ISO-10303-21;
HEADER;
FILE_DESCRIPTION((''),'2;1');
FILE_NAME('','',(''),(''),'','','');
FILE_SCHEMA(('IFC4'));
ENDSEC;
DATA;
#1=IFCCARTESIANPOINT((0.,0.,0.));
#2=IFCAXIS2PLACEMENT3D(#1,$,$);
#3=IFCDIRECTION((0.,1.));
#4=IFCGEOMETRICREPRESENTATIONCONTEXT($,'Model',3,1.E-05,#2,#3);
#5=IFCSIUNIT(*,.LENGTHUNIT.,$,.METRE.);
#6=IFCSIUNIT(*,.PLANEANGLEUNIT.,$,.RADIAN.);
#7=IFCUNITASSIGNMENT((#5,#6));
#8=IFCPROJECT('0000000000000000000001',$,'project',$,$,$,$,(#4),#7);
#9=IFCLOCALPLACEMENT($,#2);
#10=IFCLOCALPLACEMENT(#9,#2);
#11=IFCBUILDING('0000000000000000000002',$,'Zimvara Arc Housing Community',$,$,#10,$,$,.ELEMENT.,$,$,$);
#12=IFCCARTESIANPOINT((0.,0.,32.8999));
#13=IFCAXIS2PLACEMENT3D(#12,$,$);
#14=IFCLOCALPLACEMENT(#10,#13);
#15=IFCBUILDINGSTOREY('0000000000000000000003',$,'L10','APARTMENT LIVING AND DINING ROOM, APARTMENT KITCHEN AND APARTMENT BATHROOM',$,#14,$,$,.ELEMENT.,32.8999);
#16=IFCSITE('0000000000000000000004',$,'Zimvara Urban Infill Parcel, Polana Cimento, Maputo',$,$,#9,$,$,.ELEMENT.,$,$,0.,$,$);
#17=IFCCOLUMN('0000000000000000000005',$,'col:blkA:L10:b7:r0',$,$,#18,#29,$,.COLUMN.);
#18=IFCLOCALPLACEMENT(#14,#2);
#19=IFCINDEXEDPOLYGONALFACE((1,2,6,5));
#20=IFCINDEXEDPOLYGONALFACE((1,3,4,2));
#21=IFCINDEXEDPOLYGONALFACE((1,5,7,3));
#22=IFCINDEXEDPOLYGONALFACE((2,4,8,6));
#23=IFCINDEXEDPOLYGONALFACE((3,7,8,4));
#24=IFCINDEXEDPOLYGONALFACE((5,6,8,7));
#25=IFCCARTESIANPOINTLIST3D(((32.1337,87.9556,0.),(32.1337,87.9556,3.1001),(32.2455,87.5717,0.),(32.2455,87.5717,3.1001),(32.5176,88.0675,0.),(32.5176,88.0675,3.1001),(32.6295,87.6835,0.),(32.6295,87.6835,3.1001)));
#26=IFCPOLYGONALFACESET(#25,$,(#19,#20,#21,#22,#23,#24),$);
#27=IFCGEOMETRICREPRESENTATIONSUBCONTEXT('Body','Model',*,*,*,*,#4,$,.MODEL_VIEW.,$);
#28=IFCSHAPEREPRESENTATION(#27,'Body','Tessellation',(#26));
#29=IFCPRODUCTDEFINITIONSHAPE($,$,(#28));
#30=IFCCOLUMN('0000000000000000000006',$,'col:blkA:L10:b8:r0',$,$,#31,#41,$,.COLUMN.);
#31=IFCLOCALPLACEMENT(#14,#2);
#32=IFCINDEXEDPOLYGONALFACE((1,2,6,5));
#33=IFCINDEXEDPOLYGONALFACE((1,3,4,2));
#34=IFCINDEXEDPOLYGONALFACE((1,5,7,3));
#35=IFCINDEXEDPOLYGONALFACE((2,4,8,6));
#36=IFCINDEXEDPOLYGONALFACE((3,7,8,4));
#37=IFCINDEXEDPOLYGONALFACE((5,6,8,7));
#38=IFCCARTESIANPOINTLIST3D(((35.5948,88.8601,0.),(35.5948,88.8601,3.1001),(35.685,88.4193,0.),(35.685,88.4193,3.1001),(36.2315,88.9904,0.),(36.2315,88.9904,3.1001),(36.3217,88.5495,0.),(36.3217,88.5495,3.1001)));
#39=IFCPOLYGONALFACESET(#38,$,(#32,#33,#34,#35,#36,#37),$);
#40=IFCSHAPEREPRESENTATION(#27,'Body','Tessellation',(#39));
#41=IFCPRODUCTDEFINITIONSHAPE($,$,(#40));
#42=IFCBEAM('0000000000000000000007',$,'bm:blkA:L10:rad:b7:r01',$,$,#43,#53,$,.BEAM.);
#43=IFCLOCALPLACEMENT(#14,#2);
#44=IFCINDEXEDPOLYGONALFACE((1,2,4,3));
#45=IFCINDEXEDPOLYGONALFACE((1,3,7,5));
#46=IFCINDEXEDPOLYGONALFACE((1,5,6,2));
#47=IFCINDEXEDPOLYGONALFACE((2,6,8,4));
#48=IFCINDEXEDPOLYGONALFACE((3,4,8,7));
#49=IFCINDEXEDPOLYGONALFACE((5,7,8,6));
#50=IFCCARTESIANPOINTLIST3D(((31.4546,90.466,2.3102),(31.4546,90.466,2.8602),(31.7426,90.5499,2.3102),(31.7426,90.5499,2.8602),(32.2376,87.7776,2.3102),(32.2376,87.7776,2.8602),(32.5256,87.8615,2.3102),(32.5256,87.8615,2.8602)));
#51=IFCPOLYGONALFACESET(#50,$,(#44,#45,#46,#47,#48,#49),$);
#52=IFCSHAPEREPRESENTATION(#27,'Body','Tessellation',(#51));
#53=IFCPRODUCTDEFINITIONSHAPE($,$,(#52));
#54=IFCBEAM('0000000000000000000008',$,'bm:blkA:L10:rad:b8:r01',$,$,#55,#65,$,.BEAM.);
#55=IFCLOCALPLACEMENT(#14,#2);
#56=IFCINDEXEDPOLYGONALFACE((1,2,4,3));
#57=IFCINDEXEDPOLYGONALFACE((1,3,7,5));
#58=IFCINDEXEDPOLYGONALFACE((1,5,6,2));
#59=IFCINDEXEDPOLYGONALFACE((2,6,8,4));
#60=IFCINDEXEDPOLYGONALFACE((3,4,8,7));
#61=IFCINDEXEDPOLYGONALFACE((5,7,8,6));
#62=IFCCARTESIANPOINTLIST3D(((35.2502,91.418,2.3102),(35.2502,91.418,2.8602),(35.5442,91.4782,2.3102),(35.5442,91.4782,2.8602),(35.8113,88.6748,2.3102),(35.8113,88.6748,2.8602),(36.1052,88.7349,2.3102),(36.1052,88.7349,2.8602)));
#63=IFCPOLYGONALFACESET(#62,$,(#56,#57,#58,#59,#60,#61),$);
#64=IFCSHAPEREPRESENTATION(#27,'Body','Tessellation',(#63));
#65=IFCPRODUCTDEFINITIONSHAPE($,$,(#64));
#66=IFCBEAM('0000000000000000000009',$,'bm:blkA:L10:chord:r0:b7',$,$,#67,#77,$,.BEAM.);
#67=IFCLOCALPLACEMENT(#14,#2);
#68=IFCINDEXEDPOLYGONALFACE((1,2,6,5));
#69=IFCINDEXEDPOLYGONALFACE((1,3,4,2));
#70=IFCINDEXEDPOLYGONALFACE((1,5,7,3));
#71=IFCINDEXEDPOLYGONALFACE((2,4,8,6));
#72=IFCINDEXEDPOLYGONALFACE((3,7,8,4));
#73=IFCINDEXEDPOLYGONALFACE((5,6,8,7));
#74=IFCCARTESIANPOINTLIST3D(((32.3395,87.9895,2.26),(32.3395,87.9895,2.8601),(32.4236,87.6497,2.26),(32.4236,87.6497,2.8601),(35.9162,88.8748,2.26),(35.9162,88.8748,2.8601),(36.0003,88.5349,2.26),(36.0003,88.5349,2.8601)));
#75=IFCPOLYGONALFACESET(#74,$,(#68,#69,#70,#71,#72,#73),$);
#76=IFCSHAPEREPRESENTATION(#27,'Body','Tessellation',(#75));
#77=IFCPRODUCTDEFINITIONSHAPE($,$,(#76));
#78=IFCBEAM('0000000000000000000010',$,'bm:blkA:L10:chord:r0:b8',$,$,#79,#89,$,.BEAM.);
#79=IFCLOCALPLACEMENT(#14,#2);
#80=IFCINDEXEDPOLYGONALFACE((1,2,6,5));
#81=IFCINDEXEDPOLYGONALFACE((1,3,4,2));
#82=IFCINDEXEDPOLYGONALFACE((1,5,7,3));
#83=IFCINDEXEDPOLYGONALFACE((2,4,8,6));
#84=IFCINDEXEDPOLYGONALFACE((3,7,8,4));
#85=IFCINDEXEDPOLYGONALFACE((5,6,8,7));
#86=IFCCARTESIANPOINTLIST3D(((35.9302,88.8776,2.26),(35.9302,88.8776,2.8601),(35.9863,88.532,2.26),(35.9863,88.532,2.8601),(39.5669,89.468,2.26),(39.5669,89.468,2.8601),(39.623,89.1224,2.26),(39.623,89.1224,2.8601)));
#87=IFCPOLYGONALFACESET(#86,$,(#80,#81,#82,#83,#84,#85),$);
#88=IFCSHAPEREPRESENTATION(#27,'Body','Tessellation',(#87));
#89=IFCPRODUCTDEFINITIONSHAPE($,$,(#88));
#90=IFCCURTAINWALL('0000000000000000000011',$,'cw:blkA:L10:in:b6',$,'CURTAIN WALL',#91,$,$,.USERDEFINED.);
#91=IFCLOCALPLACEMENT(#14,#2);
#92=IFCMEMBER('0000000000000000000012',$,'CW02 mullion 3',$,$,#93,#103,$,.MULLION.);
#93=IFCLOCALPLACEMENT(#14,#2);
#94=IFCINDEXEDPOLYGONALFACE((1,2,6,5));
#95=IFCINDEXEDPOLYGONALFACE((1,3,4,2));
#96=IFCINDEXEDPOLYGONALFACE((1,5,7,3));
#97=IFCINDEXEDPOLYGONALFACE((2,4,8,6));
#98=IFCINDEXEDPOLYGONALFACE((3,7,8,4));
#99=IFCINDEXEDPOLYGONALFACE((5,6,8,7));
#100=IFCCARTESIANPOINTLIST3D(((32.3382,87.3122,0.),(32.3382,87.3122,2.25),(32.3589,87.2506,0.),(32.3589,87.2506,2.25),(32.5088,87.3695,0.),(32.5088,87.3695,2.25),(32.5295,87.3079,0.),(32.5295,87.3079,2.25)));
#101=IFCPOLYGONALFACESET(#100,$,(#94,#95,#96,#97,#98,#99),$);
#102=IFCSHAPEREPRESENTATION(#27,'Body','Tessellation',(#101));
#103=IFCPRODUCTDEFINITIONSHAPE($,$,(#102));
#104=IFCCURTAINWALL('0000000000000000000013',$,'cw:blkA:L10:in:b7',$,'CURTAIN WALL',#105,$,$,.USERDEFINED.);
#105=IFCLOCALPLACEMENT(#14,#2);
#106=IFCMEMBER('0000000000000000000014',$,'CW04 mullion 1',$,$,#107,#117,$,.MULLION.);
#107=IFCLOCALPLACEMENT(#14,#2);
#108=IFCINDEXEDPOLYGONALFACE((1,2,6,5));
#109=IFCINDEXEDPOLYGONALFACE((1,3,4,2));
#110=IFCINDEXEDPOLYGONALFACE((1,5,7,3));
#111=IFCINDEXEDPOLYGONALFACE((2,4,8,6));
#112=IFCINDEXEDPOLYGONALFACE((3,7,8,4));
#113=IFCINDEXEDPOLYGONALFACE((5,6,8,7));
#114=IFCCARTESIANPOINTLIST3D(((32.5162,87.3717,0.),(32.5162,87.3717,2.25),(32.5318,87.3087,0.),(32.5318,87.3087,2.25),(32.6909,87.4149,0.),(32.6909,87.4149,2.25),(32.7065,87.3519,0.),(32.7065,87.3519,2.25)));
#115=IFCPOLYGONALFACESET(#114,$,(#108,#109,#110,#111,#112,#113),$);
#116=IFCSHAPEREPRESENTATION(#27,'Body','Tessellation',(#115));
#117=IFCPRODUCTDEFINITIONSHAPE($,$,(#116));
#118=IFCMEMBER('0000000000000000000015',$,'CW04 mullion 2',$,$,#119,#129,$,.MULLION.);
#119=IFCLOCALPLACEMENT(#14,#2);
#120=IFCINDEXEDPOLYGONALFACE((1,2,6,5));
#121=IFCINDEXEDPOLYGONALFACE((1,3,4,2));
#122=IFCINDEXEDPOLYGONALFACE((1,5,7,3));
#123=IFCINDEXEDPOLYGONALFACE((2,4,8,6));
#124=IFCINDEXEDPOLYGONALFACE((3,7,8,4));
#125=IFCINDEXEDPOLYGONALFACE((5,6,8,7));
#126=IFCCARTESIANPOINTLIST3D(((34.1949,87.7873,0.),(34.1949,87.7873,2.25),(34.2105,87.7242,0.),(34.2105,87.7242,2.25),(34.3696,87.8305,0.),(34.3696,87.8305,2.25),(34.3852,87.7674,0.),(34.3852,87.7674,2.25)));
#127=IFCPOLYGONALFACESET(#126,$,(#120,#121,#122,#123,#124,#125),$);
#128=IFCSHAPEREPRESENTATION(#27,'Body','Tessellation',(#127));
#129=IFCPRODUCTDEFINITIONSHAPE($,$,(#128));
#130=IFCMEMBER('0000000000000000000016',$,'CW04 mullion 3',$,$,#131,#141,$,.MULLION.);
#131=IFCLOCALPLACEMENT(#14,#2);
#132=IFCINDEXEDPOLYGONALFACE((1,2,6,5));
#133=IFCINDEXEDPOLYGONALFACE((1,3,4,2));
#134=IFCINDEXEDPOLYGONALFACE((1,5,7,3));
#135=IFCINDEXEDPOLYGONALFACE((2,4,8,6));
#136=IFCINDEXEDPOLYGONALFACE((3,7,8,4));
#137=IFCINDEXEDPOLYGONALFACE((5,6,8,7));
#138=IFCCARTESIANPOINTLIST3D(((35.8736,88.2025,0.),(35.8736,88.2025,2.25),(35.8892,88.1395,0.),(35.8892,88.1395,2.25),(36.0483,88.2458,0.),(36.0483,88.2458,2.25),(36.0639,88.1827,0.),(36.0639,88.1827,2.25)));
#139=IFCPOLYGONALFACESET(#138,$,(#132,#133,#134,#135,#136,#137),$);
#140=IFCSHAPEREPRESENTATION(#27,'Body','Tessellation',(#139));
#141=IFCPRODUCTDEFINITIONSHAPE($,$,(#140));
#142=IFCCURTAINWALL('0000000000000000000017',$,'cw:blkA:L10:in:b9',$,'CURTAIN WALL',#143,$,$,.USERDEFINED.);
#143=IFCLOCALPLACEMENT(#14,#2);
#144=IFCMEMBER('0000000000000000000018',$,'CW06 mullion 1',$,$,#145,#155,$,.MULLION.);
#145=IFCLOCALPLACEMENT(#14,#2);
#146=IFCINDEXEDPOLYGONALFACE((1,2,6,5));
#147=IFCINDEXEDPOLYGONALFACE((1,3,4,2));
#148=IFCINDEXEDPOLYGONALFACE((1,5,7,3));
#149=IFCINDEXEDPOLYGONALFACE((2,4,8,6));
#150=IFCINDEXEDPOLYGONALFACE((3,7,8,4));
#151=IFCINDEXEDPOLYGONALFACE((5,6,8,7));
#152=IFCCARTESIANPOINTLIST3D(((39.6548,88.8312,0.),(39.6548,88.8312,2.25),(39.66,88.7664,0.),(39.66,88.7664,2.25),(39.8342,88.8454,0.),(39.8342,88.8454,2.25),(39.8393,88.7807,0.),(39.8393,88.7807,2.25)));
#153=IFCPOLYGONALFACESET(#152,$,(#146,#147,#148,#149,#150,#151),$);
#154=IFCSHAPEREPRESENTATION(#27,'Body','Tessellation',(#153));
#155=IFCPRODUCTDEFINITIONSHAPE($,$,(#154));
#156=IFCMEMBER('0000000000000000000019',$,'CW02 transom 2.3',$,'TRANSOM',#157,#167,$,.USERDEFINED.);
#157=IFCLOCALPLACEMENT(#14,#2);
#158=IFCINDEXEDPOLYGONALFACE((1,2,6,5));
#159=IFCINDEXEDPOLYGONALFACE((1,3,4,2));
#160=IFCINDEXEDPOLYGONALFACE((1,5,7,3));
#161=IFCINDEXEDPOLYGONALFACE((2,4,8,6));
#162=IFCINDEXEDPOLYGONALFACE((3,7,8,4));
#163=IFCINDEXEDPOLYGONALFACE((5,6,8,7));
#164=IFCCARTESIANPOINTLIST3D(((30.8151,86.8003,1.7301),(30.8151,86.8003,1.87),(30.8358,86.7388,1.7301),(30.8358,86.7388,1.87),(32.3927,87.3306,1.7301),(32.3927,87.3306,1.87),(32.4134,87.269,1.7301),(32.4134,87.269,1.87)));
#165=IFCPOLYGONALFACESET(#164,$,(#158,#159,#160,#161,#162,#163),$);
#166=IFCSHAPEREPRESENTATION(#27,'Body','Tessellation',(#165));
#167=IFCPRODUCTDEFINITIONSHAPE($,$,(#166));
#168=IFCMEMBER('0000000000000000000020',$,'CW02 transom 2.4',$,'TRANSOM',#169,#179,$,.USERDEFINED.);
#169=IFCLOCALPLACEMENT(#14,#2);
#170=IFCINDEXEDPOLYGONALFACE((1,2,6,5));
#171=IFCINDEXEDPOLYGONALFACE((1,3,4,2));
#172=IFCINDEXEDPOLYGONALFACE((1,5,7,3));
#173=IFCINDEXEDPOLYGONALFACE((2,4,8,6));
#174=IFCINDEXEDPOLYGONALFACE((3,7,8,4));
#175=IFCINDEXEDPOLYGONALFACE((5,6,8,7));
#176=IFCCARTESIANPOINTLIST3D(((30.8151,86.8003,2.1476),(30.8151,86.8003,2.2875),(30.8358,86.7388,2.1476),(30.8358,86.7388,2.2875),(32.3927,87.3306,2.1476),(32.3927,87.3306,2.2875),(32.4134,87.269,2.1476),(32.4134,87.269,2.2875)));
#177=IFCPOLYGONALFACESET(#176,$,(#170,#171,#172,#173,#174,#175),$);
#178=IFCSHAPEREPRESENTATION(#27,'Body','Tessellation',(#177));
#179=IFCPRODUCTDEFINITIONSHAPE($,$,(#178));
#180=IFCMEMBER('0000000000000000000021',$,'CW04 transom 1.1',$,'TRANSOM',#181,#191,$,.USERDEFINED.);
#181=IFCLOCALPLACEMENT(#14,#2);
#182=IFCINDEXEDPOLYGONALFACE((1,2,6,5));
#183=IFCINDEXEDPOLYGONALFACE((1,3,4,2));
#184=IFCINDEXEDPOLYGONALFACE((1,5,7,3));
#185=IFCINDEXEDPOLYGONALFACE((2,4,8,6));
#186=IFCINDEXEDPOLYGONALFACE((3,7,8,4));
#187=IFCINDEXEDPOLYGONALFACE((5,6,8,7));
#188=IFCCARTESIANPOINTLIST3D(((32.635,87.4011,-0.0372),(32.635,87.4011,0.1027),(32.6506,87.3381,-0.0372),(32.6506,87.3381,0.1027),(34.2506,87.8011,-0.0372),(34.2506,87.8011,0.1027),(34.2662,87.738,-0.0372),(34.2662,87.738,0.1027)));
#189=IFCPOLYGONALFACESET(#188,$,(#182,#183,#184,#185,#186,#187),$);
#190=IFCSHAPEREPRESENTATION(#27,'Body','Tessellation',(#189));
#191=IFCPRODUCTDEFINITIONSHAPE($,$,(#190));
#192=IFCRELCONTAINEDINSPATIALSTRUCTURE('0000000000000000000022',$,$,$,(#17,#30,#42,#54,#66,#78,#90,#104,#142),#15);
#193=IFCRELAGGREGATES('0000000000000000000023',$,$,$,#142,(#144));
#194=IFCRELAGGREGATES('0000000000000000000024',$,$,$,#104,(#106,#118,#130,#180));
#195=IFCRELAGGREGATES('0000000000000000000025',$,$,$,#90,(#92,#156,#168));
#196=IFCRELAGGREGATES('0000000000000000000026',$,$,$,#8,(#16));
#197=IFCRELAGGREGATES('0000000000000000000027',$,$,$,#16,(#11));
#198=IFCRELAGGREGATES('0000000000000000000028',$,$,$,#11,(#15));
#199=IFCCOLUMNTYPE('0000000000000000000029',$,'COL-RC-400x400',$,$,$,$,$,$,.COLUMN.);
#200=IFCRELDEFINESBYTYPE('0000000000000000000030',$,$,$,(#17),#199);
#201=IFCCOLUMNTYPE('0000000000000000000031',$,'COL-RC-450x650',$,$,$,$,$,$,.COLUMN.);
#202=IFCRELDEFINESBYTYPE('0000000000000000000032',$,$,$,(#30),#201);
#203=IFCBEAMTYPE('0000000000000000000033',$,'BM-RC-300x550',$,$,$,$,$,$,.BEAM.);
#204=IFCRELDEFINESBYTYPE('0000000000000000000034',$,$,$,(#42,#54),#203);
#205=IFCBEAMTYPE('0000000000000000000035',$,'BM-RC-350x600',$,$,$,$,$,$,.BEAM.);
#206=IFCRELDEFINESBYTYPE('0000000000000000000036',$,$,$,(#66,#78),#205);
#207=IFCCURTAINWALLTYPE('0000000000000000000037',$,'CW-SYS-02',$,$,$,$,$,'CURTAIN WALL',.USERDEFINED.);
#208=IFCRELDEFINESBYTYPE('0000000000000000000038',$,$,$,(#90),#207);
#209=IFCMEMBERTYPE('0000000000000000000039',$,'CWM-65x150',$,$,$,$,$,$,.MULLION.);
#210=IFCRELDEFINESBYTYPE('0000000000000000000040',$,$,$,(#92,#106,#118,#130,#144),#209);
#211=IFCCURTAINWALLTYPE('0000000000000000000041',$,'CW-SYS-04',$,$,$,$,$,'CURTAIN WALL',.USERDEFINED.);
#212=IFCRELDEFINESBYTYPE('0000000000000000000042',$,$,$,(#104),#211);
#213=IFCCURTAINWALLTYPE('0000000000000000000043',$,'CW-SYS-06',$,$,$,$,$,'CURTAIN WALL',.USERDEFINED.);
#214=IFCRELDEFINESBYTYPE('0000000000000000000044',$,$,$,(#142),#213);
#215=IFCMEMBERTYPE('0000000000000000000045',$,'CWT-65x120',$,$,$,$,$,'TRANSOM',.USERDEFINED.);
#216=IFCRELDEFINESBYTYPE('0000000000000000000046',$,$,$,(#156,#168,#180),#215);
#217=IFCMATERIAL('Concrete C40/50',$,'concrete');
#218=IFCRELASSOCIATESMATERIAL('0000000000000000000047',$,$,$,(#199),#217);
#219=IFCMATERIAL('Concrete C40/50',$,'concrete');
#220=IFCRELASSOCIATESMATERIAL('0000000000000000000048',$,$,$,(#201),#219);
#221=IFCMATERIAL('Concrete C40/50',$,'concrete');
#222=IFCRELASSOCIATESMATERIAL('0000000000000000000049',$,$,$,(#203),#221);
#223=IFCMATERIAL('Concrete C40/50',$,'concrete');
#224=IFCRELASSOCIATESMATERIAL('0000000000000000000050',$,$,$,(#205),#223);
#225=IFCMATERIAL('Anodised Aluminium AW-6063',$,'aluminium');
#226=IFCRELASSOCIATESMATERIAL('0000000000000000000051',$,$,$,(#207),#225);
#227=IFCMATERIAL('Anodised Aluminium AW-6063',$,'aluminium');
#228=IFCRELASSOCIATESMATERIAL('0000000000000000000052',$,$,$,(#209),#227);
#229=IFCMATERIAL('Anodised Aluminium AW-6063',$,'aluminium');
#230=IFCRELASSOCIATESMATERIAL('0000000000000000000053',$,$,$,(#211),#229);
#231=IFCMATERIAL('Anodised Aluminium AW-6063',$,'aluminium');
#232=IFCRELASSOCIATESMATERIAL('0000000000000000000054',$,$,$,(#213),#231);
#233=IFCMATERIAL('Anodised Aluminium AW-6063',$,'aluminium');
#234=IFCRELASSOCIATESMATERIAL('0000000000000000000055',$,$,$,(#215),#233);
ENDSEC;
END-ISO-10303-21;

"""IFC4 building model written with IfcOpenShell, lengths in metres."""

from ifc_helpers import new_model, si_unit, direction, frame, origin, origin_2d, place, context, subcontext, project, spatial, rectangle, extrude, material, material_profile, profile_set, type_object, element, aggregate, save


model = new_model("IFC4")

# Units and contexts
model_context = context("Model", 3, precision=1e-05, world=origin(), true_north=direction((0.0, 1.0)))
body_context = subcontext(model_context, "Body", "Model", "MODEL_VIEW")
ifc_project = project(units=[si_unit("LENGTHUNIT", "METRE"), si_unit("PLANEANGLEUNIT", "RADIAN")], contexts=[model_context])

# Site, building, storey
site_placement = place(None, origin())
site = spatial("IfcSite", under=ifc_project, at=site_placement, Name="Zimvara Urban Infill Parcel, Polana Cimento, Maputo", CompositionType="ELEMENT", RefElevation=0.0)
building_placement = place(site_placement, origin())
building = spatial("IfcBuilding", under=site, at=building_placement, Name="Zimvara Arc Housing Community", CompositionType="ELEMENT")
storey_placement = place(building_placement, frame((0.0, 0.0, 32.8999)))
storey = spatial("IfcBuildingStorey", under=building, at=storey_placement, Name="L10", Description="APARTMENT LIVING AND DINING ROOM, APARTMENT KITCHEN AND APARTMENT BATHROOM", CompositionType="ELEMENT", Elevation=32.8999)

# Columns
ifc_material_1 = material(Name="Concrete C40/50", Category="concrete")
ifc_material_profile_1 = material_profile(ifc_material_1, rectangle(XDim=0.3999, YDim=0.3999, at=origin_2d()), Name="RC 400x400")
ifc_profile_set_1 = profile_set([ifc_material_profile_1], Name="Concrete C40/50")
column_type_1 = type_object("IfcColumnType", Name="COL-RC-400x400", PredefinedType="COLUMN", material=ifc_profile_set_1)
column_1_placement = place(storey_placement, frame((32.3816, 87.8196, 0.0), z_axis=(0.0, 0.0, 1.0), x_axis=(-0.279661, 0.960099, 0.0)))
element("IfcColumn", 1, at=column_1_placement, inside=storey, type_object=column_type_1, Name="col:blkA:L10:b7:r0", PredefinedType="COLUMN", context=body_context, shape_type="SweptSolid", body=[
    extrude(rectangle(XDim=0.3999, YDim=0.3999, at=origin_2d()), origin(), (0.0, 0.0, 1.0), 3.1001),
])
ifc_material_2 = material(Name="Concrete C40/50", Category="concrete")
ifc_material_profile_2 = material_profile(ifc_material_2, rectangle(XDim=0.45, YDim=0.6499, at=origin_2d()), Name="RC 450x650")
ifc_profile_set_2 = profile_set([ifc_material_profile_2], Name="Concrete C40/50")
column_type_2 = type_object("IfcColumnType", Name="COL-RC-450x650", PredefinedType="COLUMN", material=ifc_profile_set_2)
column_2_placement = place(storey_placement, frame((35.9583, 88.7048, 0.0), z_axis=(0.0, 0.0, 1.0), x_axis=(-0.200394, 0.979715, 0.0)))
element("IfcColumn", 2, at=column_2_placement, inside=storey, type_object=column_type_2, Name="col:blkA:L10:b8:r0", PredefinedType="COLUMN", context=body_context, shape_type="SweptSolid", body=[
    extrude(rectangle(XDim=0.45, YDim=0.6499, at=origin_2d()), origin(), (0.0, 0.0, 1.0), 3.1001),
])

# Beams
ifc_material_3 = material(Name="Concrete C40/50", Category="concrete")
ifc_material_profile_3 = material_profile(ifc_material_3, rectangle(XDim=0.3, YDim=0.55, at=origin_2d()), Name="RC 300x550")
ifc_profile_set_3 = profile_set([ifc_material_profile_3], Name="Concrete C40/50")
beam_type_1 = type_object("IfcBeamType", Name="BM-RC-300x550", PredefinedType="BEAM", material=ifc_profile_set_3)
for number, where, z_axis, x_axis, name in (
    (3, (32.3816, 87.8196, 2.5852), (-0.279635, 0.960106, 0.0), (-0.960106, -0.279635, 0.0), "bm:blkA:L10:rad:b7:r01"),
    (4, (35.9583, 88.7048, 2.5852), (-0.200373, 0.97972, 0.0), (-0.97972, -0.200373, 0.0), "bm:blkA:L10:rad:b8:r01"),
):
    element("IfcBeam", number, at=place(storey_placement, frame(where, z_axis=z_axis, x_axis=x_axis)), inside=storey, type_object=beam_type_1, Name=name, PredefinedType="BEAM", context=body_context, shape_type="SweptSolid", body=[
        extrude(rectangle(XDim=0.3, YDim=0.55, at=origin_2d()), origin(), (0.0, 0.0, 1.0), 2.8),
    ])
ifc_material_4 = material(Name="Concrete C40/50", Category="concrete")
ifc_material_profile_4 = material_profile(ifc_material_4, rectangle(XDim=0.3501, YDim=0.6001, at=origin_2d()), Name="RC 350x600")
ifc_profile_set_4 = profile_set([ifc_material_profile_4], Name="Concrete C40/50")
beam_type_2 = type_object("IfcBeamType", Name="BM-RC-350x600", PredefinedType="BEAM", material=ifc_profile_set_4)
beam_1_placement = place(storey_placement, frame((32.3816, 87.8196, 2.5601), z_axis=(0.970709, 0.240259, 0.0), x_axis=(-0.240259, 0.970709, 0.0)))
element("IfcBeam", 5, at=beam_1_placement, inside=storey, type_object=beam_type_2, Name="bm:blkA:L10:chord:r0:b7", PredefinedType="BEAM", context=body_context, shape_type="SweptSolid", body=[
    extrude(rectangle(XDim=0.3501, YDim=0.6001, at=origin_2d()), origin(), (0.0, 0.0, 1.0), 3.6846),
])
beam_2_placement = place(storey_placement, frame((35.9583, 88.7048, 2.5601), z_axis=(0.98708, 0.160228, 0.0), x_axis=(-0.160228, 0.98708, 0.0)))
element("IfcBeam", 6, at=beam_2_placement, inside=storey, type_object=beam_type_2, Name="bm:blkA:L10:chord:r0:b8", PredefinedType="BEAM", context=body_context, shape_type="SweptSolid", body=[
    extrude(rectangle(XDim=0.3501, YDim=0.6001, at=origin_2d()), origin(), (0.0, 0.0, 1.0), 3.6843),
])

# Curtain wall, member
ifc_material_5 = material(Name="Anodised Aluminium AW-6063", Category="aluminium")
curtain_wall_type_1 = type_object("IfcCurtainWallType", Name="CW-SYS-02", ElementType="CURTAIN WALL", PredefinedType="USERDEFINED", material=ifc_material_5)
curtain_wall_1_placement = place(storey_placement, origin())
curtain_wall_1 = element("IfcCurtainWall", 7, at=curtain_wall_1_placement, inside=storey, type_object=curtain_wall_type_1, Name="cw:blkA:L10:in:b6", ObjectType="CURTAIN WALL", PredefinedType="USERDEFINED")
ifc_material_6 = material(Name="Anodised Aluminium AW-6063", Category="aluminium")
ifc_material_profile_5 = material_profile(ifc_material_6, rectangle(XDim=0.0649, YDim=0.1799, at=origin_2d()), Name="ALU 65x180")
ifc_profile_set_5 = profile_set([ifc_material_profile_5], Name="Anodised Aluminium AW-6063")
member_type_1 = type_object("IfcMemberType", Name="CWM-65x150", PredefinedType="MULLION", material=ifc_profile_set_5)
member_1_placement = place(storey_placement, frame((32.4338, 87.3101, 0.0), z_axis=(0.0, 0.0, 1.0), x_axis=(-0.31863, 0.947879, 0.0)))
member_1 = element("IfcMember", 8, at=member_1_placement, type_object=member_type_1, Name="CW02 mullion 3", PredefinedType="MULLION", context=body_context, shape_type="SweptSolid", body=[
    extrude(rectangle(XDim=0.0649, YDim=0.1799, at=origin_2d()), origin(), (0.0, 0.0, 1.0), 2.25),
])

# Curtain wall, members
ifc_material_7 = material(Name="Anodised Aluminium AW-6063", Category="aluminium")
curtain_wall_type_2 = type_object("IfcCurtainWallType", Name="CW-SYS-04", ElementType="CURTAIN WALL", PredefinedType="USERDEFINED", material=ifc_material_7)
curtain_wall_2_placement = place(storey_placement, origin())
curtain_wall_2 = element("IfcCurtainWall", 9, at=curtain_wall_2_placement, inside=storey, type_object=curtain_wall_type_2, Name="cw:blkA:L10:in:b7", ObjectType="CURTAIN WALL", PredefinedType="USERDEFINED")
member_2_placement = place(storey_placement, frame((32.6113, 87.3618, 0.0), z_axis=(0.0, 0.0, 1.0), x_axis=(-0.240228, 0.970717, 0.0)))
member_2 = element("IfcMember", 10, at=member_2_placement, type_object=member_type_1, Name="CW04 mullion 1", PredefinedType="MULLION", context=body_context, shape_type="SweptSolid", body=[
    extrude(rectangle(XDim=0.0649, YDim=0.1799, at=origin_2d()), origin(), (0.0, 0.0, 1.0), 2.25),
])
member_3_placement = place(storey_placement, frame((34.29, 87.7773, 0.0), z_axis=(0.0, 0.0, 1.0), x_axis=(-0.240228, 0.970717, 0.0)))
member_3 = element("IfcMember", 11, at=member_3_placement, type_object=member_type_1, Name="CW04 mullion 2", PredefinedType="MULLION", context=body_context, shape_type="SweptSolid", body=[
    extrude(rectangle(XDim=0.0649, YDim=0.1799, at=origin_2d()), origin(), (0.0, 0.0, 1.0), 2.25),
])
member_4_placement = place(storey_placement, frame((35.9688, 88.1926, 0.0), z_axis=(0.0, 0.0, 1.0), x_axis=(-0.240228, 0.970717, 0.0)))
member_4 = element("IfcMember", 12, at=member_4_placement, type_object=member_type_1, Name="CW04 mullion 3", PredefinedType="MULLION", context=body_context, shape_type="SweptSolid", body=[
    extrude(rectangle(XDim=0.0649, YDim=0.1799, at=origin_2d()), origin(), (0.0, 0.0, 1.0), 2.25),
])

# Curtain wall, member
ifc_material_8 = material(Name="Anodised Aluminium AW-6063", Category="aluminium")
curtain_wall_type_3 = type_object("IfcCurtainWallType", Name="CW-SYS-06", ElementType="CURTAIN WALL", PredefinedType="USERDEFINED", material=ifc_material_8)
curtain_wall_3_placement = place(storey_placement, origin())
curtain_wall_3 = element("IfcCurtainWall", 13, at=curtain_wall_3_placement, inside=storey, type_object=curtain_wall_type_3, Name="cw:blkA:L10:in:b9", ObjectType="CURTAIN WALL", PredefinedType="USERDEFINED")
member_5_placement = place(storey_placement, frame((39.7471, 88.8059, 0.0), z_axis=(0.0, 0.0, 1.0), x_axis=(-0.079155, 0.996862, 0.0)))
member_5 = element("IfcMember", 14, at=member_5_placement, type_object=member_type_1, Name="CW06 mullion 1", PredefinedType="MULLION", context=body_context, shape_type="SweptSolid", body=[
    extrude(rectangle(XDim=0.0649, YDim=0.1799, at=origin_2d()), origin(), (0.0, 0.0, 1.0), 2.25),
])

# Members
ifc_material_9 = material(Name="Anodised Aluminium AW-6063", Category="aluminium")
ifc_material_profile_6 = material_profile(ifc_material_9, rectangle(XDim=0.0649, YDim=0.1399, at=origin_2d()), Name="ALU 65x140")
ifc_profile_set_6 = profile_set([ifc_material_profile_6], Name="Anodised Aluminium AW-6063")
member_type_2 = type_object("IfcMemberType", Name="CWT-65x120", ElementType="TRANSOM", PredefinedType="USERDEFINED", material=ifc_profile_set_6)
member_6_placement = place(storey_placement, frame((30.8254, 86.7695, 1.8), z_axis=(0.947888, 0.318603, 0.0), x_axis=(-0.318603, 0.947888, 0.0)))
member_6 = element("IfcMember", 15, at=member_6_placement, type_object=member_type_2, Name="CW02 transom 2.3", ObjectType="TRANSOM", PredefinedType="USERDEFINED", context=body_context, shape_type="SweptSolid", body=[
    extrude(rectangle(XDim=0.0649, YDim=0.1399, at=origin_2d()), origin(), (0.0, 0.0, 1.0), 1.6643),
])
member_7_placement = place(storey_placement, frame((30.8254, 86.7695, 2.2175), z_axis=(0.947888, 0.318603, 0.0), x_axis=(-0.318603, 0.947888, 0.0)))
member_7 = element("IfcMember", 16, at=member_7_placement, type_object=member_type_2, Name="CW02 transom 2.4", ObjectType="TRANSOM", PredefinedType="USERDEFINED", context=body_context, shape_type="SweptSolid", body=[
    extrude(rectangle(XDim=0.0649, YDim=0.1399, at=origin_2d()), origin(), (0.0, 0.0, 1.0), 1.6643),
])
member_8_placement = place(storey_placement, frame((32.6428, 87.3696, 0.0327), z_axis=(0.970701, 0.240291, 0.0), x_axis=(-0.240291, 0.970701, 0.0)))
member_8 = element("IfcMember", 17, at=member_8_placement, type_object=member_type_2, Name="CW04 transom 1.1", ObjectType="TRANSOM", PredefinedType="USERDEFINED", context=body_context, shape_type="SweptSolid", body=[
    extrude(rectangle(XDim=0.0649, YDim=0.1399, at=origin_2d()), origin(), (0.0, 0.0, 1.0), 1.6643),
])
aggregate(curtain_wall_3, [member_5])

aggregate(curtain_wall_2, [member_2, member_3, member_4, member_8])
aggregate(curtain_wall_1, [member_1, member_6, member_7])

save(model, "model.ifc")
